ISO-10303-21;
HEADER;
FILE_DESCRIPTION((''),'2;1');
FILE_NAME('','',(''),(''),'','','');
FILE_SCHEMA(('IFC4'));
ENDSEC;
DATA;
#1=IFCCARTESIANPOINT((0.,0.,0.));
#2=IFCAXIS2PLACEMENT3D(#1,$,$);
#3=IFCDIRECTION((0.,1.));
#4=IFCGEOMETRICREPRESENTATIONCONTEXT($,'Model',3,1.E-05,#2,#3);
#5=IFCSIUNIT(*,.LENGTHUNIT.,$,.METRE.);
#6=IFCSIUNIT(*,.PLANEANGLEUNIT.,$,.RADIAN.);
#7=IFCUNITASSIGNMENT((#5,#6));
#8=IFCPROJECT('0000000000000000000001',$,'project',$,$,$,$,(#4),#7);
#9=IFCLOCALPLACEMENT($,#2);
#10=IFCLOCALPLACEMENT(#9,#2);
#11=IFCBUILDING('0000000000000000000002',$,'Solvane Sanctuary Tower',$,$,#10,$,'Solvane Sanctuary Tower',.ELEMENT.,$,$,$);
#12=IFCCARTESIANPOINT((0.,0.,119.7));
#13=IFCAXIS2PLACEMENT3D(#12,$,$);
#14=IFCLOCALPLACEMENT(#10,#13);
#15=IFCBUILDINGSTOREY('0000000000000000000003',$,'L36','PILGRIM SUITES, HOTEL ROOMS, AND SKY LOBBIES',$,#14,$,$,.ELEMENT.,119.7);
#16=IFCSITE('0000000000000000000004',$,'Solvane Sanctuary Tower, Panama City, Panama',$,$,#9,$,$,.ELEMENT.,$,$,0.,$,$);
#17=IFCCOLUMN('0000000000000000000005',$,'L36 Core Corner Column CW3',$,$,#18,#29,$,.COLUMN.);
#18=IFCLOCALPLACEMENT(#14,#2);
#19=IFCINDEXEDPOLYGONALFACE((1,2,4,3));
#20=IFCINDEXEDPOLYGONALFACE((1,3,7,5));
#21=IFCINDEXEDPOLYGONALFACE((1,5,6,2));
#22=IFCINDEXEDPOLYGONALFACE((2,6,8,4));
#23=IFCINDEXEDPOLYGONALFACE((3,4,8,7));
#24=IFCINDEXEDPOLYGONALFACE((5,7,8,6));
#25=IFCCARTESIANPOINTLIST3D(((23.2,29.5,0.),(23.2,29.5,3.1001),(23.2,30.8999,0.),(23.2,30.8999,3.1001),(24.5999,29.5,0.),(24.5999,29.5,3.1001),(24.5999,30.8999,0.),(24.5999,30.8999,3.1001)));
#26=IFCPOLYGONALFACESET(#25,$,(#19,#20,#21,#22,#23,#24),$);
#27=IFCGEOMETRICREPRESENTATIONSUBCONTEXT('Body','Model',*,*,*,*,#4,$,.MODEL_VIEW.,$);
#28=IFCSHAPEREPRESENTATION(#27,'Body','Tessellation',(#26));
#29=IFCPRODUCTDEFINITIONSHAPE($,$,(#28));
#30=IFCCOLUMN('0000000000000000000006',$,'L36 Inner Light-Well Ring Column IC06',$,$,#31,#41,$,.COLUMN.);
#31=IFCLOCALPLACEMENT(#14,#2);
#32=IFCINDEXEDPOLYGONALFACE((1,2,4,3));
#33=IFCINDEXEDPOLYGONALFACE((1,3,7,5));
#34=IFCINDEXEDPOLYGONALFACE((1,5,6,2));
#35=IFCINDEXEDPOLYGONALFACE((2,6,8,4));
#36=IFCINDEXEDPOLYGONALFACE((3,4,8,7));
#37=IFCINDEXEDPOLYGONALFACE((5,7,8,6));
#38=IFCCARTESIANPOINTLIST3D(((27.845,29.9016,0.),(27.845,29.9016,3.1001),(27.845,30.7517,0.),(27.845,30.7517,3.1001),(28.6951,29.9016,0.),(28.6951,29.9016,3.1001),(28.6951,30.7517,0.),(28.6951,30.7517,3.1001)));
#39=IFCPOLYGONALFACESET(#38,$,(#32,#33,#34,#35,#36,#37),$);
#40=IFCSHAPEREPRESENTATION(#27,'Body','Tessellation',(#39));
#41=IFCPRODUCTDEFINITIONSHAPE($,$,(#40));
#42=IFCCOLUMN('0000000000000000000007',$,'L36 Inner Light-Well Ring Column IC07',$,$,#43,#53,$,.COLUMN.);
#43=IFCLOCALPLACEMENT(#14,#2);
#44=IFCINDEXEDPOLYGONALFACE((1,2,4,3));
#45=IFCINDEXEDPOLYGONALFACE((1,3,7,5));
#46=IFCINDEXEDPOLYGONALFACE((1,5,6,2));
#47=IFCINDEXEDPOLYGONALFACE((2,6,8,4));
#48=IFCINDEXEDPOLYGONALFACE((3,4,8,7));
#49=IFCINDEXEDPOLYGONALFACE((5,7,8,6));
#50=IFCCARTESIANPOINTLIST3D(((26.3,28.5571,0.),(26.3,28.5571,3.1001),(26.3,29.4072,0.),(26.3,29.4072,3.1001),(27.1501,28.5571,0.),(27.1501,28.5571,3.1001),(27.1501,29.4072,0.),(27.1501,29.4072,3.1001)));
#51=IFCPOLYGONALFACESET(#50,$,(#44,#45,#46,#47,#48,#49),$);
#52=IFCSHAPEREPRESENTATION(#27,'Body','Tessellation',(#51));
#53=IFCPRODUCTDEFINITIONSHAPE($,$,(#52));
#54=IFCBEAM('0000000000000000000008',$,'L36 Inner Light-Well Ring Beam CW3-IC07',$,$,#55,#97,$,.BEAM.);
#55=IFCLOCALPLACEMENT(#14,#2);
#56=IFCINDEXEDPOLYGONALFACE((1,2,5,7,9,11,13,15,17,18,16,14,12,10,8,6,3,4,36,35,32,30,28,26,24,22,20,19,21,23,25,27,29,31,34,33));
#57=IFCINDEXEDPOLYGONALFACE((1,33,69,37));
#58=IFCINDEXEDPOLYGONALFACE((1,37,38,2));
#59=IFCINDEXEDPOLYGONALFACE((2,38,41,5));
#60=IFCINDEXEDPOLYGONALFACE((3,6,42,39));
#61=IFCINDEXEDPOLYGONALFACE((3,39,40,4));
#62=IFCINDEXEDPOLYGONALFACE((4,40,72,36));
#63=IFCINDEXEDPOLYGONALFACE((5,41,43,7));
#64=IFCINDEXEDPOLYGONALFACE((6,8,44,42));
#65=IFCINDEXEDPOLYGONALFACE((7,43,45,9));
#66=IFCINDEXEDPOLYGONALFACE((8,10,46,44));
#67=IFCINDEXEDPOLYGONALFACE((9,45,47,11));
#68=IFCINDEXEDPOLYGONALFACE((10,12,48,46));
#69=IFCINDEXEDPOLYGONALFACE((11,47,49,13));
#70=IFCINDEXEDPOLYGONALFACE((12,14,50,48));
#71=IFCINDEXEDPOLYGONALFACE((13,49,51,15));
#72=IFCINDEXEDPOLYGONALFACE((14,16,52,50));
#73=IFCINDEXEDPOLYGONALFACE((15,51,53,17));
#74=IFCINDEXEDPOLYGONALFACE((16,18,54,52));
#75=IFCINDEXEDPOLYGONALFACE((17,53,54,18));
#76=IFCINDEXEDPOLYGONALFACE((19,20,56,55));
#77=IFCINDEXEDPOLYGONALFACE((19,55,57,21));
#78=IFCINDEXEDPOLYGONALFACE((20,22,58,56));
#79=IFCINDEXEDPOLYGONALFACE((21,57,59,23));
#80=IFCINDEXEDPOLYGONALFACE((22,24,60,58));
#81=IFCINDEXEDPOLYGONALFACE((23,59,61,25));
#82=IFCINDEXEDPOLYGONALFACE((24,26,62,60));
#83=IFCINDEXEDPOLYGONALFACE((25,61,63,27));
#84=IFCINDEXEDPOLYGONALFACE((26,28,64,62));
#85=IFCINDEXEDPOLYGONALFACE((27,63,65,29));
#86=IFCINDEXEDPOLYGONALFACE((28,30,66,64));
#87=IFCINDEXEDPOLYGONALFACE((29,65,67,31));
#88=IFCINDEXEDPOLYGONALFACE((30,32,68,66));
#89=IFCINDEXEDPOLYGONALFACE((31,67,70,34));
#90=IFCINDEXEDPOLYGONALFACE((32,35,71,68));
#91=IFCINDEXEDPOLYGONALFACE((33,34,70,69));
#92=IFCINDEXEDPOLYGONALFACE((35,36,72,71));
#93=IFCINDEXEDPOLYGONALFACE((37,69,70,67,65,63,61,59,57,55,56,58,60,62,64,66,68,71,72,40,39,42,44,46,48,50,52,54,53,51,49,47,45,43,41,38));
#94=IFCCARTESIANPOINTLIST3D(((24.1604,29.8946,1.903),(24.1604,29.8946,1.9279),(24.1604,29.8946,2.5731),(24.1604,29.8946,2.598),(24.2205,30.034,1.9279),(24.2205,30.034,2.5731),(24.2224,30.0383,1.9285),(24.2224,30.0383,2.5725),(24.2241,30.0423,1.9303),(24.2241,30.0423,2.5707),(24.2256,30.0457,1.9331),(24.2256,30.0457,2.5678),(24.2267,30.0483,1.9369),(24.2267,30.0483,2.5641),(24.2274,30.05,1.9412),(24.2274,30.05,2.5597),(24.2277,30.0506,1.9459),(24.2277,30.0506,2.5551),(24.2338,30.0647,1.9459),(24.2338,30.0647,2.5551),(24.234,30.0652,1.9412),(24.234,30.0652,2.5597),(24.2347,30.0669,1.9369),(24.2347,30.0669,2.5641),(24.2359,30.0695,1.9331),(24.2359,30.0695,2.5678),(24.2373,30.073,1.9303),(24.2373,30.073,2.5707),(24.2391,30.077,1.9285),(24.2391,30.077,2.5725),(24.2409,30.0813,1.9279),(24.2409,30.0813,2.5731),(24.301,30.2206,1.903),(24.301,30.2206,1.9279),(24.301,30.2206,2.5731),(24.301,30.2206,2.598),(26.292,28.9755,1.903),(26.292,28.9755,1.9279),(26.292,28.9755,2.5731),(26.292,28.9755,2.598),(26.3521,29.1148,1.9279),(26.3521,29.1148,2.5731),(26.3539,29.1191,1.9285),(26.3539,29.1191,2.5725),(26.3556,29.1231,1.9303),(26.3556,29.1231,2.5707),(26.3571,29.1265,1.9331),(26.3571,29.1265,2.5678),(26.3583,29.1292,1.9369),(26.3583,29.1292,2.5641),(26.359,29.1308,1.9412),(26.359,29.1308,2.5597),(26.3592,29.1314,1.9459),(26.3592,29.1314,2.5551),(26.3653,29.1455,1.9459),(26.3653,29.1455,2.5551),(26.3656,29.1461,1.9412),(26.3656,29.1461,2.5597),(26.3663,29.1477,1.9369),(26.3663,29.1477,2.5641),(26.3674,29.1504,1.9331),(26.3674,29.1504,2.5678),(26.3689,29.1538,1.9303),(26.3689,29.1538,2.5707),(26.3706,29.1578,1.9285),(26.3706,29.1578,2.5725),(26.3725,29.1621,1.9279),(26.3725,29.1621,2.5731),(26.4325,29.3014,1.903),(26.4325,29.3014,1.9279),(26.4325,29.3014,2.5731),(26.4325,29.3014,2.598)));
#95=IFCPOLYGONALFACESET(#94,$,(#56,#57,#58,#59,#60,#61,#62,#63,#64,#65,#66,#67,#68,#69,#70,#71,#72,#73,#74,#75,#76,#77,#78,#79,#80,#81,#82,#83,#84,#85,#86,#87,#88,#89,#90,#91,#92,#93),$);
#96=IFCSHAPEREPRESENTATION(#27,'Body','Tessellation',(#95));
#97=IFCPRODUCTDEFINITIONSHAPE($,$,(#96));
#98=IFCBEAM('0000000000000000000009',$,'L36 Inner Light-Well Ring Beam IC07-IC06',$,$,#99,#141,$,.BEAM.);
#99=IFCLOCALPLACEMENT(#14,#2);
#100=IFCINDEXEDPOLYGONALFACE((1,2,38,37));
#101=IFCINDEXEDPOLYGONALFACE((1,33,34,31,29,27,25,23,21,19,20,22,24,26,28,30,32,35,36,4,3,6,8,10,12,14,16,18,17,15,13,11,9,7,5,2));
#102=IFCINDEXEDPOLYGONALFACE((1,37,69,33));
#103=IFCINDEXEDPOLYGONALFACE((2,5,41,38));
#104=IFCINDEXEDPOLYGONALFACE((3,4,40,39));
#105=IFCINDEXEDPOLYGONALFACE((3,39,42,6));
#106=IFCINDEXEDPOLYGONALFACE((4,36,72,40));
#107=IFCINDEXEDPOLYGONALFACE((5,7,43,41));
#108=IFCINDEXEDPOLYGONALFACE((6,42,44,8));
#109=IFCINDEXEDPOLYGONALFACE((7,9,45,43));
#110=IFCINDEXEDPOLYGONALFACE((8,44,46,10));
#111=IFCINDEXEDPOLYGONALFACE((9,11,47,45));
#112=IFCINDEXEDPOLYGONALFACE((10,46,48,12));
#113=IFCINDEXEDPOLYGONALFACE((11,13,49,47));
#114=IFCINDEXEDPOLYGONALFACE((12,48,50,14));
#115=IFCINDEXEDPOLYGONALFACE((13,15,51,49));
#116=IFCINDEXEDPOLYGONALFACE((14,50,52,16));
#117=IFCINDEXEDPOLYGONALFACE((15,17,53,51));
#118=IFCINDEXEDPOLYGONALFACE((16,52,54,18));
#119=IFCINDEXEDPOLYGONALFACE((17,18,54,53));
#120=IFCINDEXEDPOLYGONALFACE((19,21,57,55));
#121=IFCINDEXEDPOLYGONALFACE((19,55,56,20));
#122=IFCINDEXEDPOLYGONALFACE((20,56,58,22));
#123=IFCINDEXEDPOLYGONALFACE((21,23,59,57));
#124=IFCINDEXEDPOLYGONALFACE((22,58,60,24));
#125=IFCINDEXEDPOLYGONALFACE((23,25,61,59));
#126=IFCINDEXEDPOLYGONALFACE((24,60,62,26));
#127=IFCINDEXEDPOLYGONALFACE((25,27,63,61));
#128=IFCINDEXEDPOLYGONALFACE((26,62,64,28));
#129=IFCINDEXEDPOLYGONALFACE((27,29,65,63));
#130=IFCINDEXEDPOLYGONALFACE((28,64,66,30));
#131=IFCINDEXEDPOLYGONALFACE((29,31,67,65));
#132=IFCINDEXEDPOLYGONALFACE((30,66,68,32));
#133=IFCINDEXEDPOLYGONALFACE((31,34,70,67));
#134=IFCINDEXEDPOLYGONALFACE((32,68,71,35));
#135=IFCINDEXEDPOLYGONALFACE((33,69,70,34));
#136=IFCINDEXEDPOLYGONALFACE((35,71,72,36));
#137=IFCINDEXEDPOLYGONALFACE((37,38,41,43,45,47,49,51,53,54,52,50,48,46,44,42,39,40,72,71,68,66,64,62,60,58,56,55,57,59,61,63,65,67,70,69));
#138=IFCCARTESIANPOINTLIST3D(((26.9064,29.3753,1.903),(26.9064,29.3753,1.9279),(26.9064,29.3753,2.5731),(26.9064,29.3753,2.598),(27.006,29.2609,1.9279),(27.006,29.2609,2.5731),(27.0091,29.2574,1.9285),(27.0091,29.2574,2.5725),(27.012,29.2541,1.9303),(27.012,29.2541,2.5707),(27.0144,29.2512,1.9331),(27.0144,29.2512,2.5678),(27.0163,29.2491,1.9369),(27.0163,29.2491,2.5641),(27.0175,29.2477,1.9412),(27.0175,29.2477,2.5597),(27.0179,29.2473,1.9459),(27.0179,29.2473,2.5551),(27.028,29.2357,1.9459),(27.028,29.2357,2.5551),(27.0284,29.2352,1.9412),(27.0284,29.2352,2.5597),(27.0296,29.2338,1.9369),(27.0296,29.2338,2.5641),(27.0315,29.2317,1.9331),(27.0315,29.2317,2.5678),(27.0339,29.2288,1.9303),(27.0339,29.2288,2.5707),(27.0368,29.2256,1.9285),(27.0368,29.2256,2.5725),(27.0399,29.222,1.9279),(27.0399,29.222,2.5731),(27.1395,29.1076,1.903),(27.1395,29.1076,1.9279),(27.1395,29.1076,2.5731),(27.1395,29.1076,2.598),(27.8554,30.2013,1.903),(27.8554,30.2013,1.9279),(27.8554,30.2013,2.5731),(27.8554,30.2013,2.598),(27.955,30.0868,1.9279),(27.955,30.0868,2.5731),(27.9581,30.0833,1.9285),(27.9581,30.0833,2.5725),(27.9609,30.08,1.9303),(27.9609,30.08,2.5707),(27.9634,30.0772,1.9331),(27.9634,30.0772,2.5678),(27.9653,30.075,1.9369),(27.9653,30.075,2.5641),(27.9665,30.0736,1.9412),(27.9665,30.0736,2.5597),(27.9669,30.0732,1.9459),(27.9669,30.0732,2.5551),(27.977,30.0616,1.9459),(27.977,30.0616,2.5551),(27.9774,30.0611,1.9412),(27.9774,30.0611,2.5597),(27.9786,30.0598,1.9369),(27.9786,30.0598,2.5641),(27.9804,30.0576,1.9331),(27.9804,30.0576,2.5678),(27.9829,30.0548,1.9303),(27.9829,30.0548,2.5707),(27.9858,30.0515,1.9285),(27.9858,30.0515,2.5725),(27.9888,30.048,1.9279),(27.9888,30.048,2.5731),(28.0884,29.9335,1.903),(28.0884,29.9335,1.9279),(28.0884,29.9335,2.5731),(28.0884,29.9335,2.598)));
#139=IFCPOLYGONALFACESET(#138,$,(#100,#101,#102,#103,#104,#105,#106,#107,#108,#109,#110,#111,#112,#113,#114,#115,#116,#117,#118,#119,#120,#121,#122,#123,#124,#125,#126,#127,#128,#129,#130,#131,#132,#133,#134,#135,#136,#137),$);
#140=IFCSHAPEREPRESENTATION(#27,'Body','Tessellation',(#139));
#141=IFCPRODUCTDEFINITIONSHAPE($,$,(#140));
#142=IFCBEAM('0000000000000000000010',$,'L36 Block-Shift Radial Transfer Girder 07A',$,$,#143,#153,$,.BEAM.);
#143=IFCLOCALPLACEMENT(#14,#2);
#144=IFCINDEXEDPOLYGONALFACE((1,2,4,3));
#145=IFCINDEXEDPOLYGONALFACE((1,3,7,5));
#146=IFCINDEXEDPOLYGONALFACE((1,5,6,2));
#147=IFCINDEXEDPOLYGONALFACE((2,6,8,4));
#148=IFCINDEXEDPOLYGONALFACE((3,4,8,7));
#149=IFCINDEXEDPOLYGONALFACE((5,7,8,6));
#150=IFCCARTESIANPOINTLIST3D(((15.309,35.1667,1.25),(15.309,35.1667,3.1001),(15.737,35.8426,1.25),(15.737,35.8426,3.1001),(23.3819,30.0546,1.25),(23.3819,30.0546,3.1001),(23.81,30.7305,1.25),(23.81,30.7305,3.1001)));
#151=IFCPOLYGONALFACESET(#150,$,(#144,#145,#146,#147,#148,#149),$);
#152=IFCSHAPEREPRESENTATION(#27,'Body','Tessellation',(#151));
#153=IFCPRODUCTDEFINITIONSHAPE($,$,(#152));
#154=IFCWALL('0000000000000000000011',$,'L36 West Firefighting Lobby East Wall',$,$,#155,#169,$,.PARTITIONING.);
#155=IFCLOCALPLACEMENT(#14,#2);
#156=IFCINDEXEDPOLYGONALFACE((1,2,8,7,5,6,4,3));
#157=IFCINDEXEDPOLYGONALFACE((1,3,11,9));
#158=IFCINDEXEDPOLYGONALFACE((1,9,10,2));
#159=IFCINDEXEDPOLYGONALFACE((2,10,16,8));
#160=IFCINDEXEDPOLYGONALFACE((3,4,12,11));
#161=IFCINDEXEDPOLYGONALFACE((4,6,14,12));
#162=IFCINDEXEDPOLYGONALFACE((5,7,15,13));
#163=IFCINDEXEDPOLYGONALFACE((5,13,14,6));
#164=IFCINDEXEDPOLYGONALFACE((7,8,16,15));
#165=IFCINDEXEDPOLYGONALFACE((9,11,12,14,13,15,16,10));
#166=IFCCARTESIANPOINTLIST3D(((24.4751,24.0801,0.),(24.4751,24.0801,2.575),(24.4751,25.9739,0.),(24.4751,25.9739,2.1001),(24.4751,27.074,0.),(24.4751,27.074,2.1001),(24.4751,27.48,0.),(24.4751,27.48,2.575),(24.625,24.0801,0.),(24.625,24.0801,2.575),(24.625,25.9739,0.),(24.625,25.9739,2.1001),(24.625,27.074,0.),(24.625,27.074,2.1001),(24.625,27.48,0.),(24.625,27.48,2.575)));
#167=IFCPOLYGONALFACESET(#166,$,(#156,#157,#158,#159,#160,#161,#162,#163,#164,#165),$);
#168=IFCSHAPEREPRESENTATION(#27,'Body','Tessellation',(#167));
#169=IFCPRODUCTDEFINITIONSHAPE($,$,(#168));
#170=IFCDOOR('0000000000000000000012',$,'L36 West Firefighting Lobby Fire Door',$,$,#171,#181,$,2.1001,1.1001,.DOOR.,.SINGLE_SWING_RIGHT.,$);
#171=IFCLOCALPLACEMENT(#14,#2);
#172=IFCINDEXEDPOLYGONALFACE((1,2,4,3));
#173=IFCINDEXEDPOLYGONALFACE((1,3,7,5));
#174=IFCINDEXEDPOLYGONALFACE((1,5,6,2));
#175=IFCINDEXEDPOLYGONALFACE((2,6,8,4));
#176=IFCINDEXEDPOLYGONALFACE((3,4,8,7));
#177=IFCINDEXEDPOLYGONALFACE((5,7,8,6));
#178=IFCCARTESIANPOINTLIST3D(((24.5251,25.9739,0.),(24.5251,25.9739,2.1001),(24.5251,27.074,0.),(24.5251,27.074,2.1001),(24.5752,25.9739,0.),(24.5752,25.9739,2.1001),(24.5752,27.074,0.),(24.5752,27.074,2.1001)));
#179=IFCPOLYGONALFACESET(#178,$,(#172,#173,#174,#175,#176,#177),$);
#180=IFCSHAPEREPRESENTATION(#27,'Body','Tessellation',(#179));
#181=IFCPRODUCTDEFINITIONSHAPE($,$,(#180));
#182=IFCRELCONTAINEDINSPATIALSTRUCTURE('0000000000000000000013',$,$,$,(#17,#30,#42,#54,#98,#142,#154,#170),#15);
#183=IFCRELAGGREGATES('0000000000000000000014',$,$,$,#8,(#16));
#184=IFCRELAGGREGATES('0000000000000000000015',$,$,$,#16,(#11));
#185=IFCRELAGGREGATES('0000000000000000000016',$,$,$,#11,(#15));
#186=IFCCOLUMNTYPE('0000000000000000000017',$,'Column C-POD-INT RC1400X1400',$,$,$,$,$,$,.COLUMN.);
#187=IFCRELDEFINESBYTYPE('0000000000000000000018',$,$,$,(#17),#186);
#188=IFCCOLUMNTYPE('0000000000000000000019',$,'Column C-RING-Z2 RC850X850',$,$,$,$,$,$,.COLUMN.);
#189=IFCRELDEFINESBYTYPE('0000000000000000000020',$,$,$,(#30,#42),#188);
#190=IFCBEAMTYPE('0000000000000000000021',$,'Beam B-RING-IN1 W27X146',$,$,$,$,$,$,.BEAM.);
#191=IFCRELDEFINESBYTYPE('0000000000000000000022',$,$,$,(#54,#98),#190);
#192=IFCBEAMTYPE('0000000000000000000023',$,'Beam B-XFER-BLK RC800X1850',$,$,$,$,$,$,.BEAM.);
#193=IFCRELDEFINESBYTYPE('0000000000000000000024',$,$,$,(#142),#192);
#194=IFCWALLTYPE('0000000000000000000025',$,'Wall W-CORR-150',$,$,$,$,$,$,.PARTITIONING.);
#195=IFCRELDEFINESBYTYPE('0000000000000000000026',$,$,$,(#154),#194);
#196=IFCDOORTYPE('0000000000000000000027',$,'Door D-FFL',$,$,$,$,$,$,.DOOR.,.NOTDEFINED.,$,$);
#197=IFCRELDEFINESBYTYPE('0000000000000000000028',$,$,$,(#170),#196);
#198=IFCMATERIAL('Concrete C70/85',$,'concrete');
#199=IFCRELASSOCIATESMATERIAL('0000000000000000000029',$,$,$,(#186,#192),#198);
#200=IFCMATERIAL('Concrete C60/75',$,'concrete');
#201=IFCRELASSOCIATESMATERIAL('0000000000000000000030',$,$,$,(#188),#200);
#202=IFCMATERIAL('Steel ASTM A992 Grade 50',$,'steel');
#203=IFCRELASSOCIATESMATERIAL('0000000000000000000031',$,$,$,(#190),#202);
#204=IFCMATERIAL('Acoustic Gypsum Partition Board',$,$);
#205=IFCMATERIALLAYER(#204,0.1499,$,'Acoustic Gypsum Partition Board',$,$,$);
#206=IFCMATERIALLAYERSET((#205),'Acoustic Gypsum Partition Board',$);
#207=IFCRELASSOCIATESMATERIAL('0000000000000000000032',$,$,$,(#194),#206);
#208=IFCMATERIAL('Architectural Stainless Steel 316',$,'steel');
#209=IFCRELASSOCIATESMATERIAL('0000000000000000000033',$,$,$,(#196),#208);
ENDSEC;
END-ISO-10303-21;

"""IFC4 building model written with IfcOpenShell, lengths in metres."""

from ifc_helpers import new_model, si_unit, direction, frame, frame_2d, origin, origin_2d, place, context, subcontext, project, spatial, rectangle, i_section, extrude, material, layer, layer_set, material_profile, profile_set, type_object, element, fill, save


model = new_model("IFC4")

# Units and contexts
model_context = context("Model", 3, precision=1e-05, world=origin(), true_north=direction((0.0, 1.0)))
body_context = subcontext(model_context, "Body", "Model", "MODEL_VIEW")
ifc_project = project(units=[si_unit("LENGTHUNIT", "METRE"), si_unit("PLANEANGLEUNIT", "RADIAN")], contexts=[model_context])

# Site, building, storey
site_placement = place(None, origin())
site = spatial("IfcSite", under=ifc_project, at=site_placement, Name="Solvane Sanctuary Tower, Panama City, Panama", CompositionType="ELEMENT", RefElevation=0.0)
building_placement = place(site_placement, origin())
building = spatial("IfcBuilding", under=site, at=building_placement, Name="Solvane Sanctuary Tower", LongName="Solvane Sanctuary Tower", CompositionType="ELEMENT")
storey_placement = place(building_placement, frame((0.0, 0.0, 119.7)))
storey = spatial("IfcBuildingStorey", under=building, at=storey_placement, Name="L36", Description="PILGRIM SUITES, HOTEL ROOMS, AND SKY LOBBIES", CompositionType="ELEMENT", Elevation=119.7)

# Columns
ifc_material_1 = material(Name="Concrete C70/85", Category="concrete")
ifc_material_profile_1 = material_profile(ifc_material_1, rectangle(XDim=1.3999, YDim=1.3999, at=origin_2d()), Name="RC1400X1400")
ifc_profile_set_1 = profile_set([ifc_material_profile_1], Name="Concrete C70/85")
column_type_1 = type_object("IfcColumnType", Name="Column C-POD-INT RC1400X1400", PredefinedType="COLUMN", material=ifc_profile_set_1)
column_placement = place(storey_placement, frame((23.8999, 30.2, 0.0), z_axis=(0.0, 0.0, 1.0), x_axis=(1.0, 0.0, 0.0)))
element("IfcColumn", 1, at=column_placement, inside=storey, type_object=column_type_1, Name="L36 Core Corner Column CW3", PredefinedType="COLUMN", context=body_context, shape_type="SweptSolid", body=[
    extrude(rectangle(XDim=1.3999, YDim=1.3999, at=origin_2d()), origin(), (0.0, 0.0, 1.0), 3.1001),
])
ifc_material_2 = material(Name="Concrete C60/75", Category="concrete")
ifc_material_profile_2 = material_profile(ifc_material_2, rectangle(XDim=0.8501, YDim=0.8501, at=origin_2d()), Name="RC850X850")
ifc_profile_set_2 = profile_set([ifc_material_profile_2], Name="Concrete C60/75")
column_type_2 = type_object("IfcColumnType", Name="Column C-RING-Z2 RC850X850", PredefinedType="COLUMN", material=ifc_profile_set_2)
for number, where, z_axis, x_axis, name in (
    (2, (28.27, 30.3267, 0.0), (0.0, 0.0, 1.0), (1.0, 0.0, 0.0), "L36 Inner Light-Well Ring Column IC06"),
    (3, (26.7251, 28.9822, 0.0), (0.0, 0.0, 1.0), (1.0, 0.0, 0.0), "L36 Inner Light-Well Ring Column IC07"),
):
    element("IfcColumn", number, at=place(storey_placement, frame(where, z_axis=z_axis, x_axis=x_axis)), inside=storey, type_object=column_type_2, Name=name, PredefinedType="COLUMN", context=body_context, shape_type="SweptSolid", body=[
        extrude(rectangle(XDim=0.8501, YDim=0.8501, at=origin_2d()), origin(), (0.0, 0.0, 1.0), 3.1001),
    ])

# Beams
ifc_material_3 = material(Name="Steel ASTM A992 Grade 50", Category="steel")
ifc_material_profile_3 = material_profile(ifc_material_3, i_section(OverallWidth=0.355, OverallDepth=0.6951, WebThickness=0.0154, FlangeThickness=0.0249, FilletRadius=0.0181, at=origin_2d()), Name="W27X146")
ifc_profile_set_3 = profile_set([ifc_material_profile_3], Name="Steel ASTM A992 Grade 50")
beam_type_1 = type_object("IfcBeamType", Name="Beam B-RING-IN1 W27X146", PredefinedType="BEAM", material=ifc_profile_set_3)
beam_1_placement = place(storey_placement, frame((24.2307, 30.0576, 2.2505), z_axis=(0.918261, -0.395975, 0.0), x_axis=(0.395975, 0.918261, 0.0)))
element("IfcBeam", 4, at=beam_1_placement, inside=storey, type_object=beam_type_1, Name="L36 Inner Light-Well Ring Beam CW3-IC07", PredefinedType="BEAM", context=body_context, shape_type="SweptSolid", body=[
    extrude(i_section(OverallWidth=0.355, OverallDepth=0.6951, WebThickness=0.0154, FlangeThickness=0.0249, FilletRadius=0.0181, at=origin_2d()), origin(), (0.0, 0.0, 1.0), 2.3213),
])
beam_2_placement = place(storey_placement, frame((27.0229, 29.2415, 2.2505), z_axis=(0.754317, 0.65651, 0.0), x_axis=(-0.65651, 0.754317, 0.0)))
element("IfcBeam", 5, at=beam_2_placement, inside=storey, type_object=beam_type_1, Name="L36 Inner Light-Well Ring Beam IC07-IC06", PredefinedType="BEAM", context=body_context, shape_type="SweptSolid", body=[
    extrude(i_section(OverallWidth=0.355, OverallDepth=0.6951, WebThickness=0.0154, FlangeThickness=0.0249, FilletRadius=0.0181, at=origin_2d()), origin(), (0.0, 0.0, 1.0), 1.2581),
])
ifc_material_profile_4 = material_profile(ifc_material_1, rectangle(XDim=0.8, YDim=1.8501, at=origin_2d()), Name="RC800X1850")
ifc_profile_set_4 = profile_set([ifc_material_profile_4], Name="Concrete C70/85")
beam_type_2 = type_object("IfcBeamType", Name="Beam B-XFER-BLK RC800X1850", PredefinedType="BEAM", material=ifc_profile_set_4)
beam_3_placement = place(storey_placement, frame((23.5959, 30.3926, 2.175), z_axis=(-0.844859, 0.534989, 0.0), x_axis=(-0.534989, -0.844859, 0.0)))
element("IfcBeam", 6, at=beam_3_placement, inside=storey, type_object=beam_type_2, Name="L36 Block-Shift Radial Transfer Girder 07A", PredefinedType="BEAM", context=body_context, shape_type="SweptSolid", body=[
    extrude(rectangle(XDim=0.8, YDim=1.8501, at=origin_2d()), origin(), (0.0, 0.0, 1.0), 9.5554),
])

# Wall, opening, door
ifc_material_4 = material(Name="Acoustic Gypsum Partition Board")
ifc_layer_1 = layer(ifc_material_4, 0.1499, Name="Acoustic Gypsum Partition Board")
ifc_layer_set_1 = layer_set([ifc_layer_1], Name="Acoustic Gypsum Partition Board")
wall_type_1 = type_object("IfcWallType", Name="Wall W-CORR-150", PredefinedType="PARTITIONING", material=ifc_layer_set_1)
wall_1_placement = place(storey_placement, frame((24.55, 24.0801, 0.0), z_axis=(0.0, 0.0, 1.0), x_axis=(0.0, 1.0, 0.0)))
wall_1 = element("IfcWall", 7, at=wall_1_placement, inside=storey, type_object=wall_type_1, Name="L36 West Firefighting Lobby East Wall", PredefinedType="PARTITIONING", context=body_context, shape_type="SweptSolid", body=[
    extrude(rectangle(XDim=3.3999, YDim=0.1499, at=frame_2d((1.7, 0.0))), origin(), (0.0, 0.0, 1.0), 2.575),
])
opening_1_placement = place(wall_1_placement, frame((1.8938, 0.0, 0.0)))
opening_1 = element("IfcOpeningElement", 8, at=opening_1_placement, cuts=wall_1, PredefinedType="OPENING", context=body_context, shape_type="SweptSolid", body=[
    extrude(rectangle(XDim=1.1001, YDim=2.1001, at=frame_2d((0.55, 1.05))), frame((0.0, 0.085, 0.0), z_axis=(0.0, -1.0, 0.0), x_axis=(1.0, 0.0, 0.0)), (0.0, 0.0, 1.0), 0.1699),
])
ifc_material_5 = material(Name="Architectural Stainless Steel 316", Category="steel")
door_type_1 = type_object("IfcDoorType", Name="Door D-FFL", OperationType="NOTDEFINED", PredefinedType="DOOR", material=ifc_material_5)
door_1_placement = place(opening_1_placement, origin())
door_1 = element("IfcDoor", 9, at=door_1_placement, inside=storey, type_object=door_type_1, Name="L36 West Firefighting Lobby Fire Door", OperationType="SINGLE_SWING_RIGHT", OverallHeight=2.1001, OverallWidth=1.1001, PredefinedType="DOOR", context=body_context, shape_type="SweptSolid", body=[
    extrude(rectangle(XDim=1.1001, YDim=2.1001, at=frame_2d((0.55, 1.05))), frame((0.0, 0.0249, 0.0), z_axis=(0.0, -1.0, 0.0), x_axis=(1.0, 0.0, 0.0)), (0.0, 0.0, 1.0), 0.05),
])
fill(opening_1, door_1)

save(model, "model.ifc")
